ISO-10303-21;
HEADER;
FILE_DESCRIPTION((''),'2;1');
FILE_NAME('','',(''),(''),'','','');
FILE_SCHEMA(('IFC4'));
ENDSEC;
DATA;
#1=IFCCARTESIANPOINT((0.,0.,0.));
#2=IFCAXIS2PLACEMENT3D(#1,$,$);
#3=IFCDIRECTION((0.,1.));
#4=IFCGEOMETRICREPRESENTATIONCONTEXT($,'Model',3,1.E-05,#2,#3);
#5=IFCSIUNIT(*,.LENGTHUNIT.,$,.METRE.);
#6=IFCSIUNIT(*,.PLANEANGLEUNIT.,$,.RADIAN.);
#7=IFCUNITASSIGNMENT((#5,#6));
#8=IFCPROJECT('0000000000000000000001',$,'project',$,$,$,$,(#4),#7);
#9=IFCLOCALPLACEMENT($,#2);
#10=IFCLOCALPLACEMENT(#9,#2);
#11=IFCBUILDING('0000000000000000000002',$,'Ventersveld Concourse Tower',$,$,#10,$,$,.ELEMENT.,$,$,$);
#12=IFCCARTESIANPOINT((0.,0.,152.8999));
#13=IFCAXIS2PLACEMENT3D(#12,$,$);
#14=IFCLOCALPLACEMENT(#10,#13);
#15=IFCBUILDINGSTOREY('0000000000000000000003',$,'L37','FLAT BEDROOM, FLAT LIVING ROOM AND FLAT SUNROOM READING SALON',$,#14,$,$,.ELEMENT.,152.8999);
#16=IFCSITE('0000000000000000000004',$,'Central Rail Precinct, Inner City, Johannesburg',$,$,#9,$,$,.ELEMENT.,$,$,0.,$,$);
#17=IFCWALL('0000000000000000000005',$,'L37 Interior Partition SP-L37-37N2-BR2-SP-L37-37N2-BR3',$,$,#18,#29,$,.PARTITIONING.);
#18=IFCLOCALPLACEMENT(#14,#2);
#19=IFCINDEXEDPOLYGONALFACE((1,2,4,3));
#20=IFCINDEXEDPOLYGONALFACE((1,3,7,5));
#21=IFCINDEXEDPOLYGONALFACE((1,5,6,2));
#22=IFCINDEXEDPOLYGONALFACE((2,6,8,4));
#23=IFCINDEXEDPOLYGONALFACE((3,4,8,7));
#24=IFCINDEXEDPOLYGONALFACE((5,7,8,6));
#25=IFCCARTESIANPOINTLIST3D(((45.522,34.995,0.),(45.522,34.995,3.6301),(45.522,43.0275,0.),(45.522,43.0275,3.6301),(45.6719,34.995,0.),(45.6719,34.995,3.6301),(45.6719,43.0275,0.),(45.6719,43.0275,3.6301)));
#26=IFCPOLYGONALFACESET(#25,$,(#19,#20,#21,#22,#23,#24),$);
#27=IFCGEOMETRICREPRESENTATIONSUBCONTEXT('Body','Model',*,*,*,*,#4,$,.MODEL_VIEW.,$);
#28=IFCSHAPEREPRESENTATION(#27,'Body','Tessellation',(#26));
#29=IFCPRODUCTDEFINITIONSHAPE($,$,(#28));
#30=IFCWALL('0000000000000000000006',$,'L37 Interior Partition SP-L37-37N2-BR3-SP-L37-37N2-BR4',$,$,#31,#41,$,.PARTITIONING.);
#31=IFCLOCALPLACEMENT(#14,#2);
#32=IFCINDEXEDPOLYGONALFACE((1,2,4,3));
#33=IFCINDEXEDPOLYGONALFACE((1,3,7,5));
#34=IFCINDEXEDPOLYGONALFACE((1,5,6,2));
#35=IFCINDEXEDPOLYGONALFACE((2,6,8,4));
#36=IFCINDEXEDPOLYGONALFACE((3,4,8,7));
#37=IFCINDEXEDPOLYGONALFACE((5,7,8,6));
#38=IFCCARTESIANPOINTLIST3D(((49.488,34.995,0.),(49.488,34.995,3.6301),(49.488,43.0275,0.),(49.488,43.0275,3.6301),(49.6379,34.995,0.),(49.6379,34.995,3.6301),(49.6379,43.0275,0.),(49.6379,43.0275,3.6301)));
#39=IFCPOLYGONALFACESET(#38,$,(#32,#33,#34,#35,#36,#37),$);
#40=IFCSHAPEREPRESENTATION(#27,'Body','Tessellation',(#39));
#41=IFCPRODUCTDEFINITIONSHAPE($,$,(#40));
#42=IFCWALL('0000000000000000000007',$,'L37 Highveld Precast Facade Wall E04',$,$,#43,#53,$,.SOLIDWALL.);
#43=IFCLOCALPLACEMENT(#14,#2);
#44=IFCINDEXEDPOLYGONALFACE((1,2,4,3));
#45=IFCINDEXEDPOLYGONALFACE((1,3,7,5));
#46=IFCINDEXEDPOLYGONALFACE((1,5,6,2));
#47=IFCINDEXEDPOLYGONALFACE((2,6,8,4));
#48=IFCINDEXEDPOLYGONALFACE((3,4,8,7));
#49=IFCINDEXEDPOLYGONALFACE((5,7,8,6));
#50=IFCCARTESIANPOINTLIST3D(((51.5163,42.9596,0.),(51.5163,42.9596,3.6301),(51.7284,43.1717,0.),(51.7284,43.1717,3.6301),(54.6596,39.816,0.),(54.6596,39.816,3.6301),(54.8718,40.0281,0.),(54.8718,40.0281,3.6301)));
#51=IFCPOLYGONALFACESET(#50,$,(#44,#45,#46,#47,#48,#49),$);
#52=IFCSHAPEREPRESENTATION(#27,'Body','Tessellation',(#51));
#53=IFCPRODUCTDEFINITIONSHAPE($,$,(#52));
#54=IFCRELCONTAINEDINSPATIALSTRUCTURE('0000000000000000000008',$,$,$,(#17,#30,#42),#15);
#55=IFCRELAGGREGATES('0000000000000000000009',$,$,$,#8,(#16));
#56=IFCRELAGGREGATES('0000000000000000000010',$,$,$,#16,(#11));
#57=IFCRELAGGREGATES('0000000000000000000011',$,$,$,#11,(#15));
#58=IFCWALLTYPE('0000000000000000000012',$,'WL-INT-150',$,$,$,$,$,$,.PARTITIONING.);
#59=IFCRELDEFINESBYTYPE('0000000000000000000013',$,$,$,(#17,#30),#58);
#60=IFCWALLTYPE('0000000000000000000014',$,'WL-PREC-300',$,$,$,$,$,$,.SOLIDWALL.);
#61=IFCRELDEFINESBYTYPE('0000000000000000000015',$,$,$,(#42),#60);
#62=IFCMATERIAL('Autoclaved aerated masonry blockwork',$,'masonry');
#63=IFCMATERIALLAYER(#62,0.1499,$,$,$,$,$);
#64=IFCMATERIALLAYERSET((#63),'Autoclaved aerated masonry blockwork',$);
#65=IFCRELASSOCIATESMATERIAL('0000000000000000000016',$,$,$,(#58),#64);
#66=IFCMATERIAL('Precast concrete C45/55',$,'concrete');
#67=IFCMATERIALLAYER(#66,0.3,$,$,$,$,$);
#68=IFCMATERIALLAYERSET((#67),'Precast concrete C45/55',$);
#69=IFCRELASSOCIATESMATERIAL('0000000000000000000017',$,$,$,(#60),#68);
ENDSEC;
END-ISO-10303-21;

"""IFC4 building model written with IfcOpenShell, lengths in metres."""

from ifc_helpers import new_model, si_unit, direction, frame, frame_2d, origin, place, context, subcontext, project, spatial, rectangle, extrude, material, layer, layer_set, type_object, element, save


model = new_model("IFC4")

# Units and contexts
model_context = context("Model", 3, precision=1e-05, world=origin(), true_north=direction((0.0, 1.0)))
body_context = subcontext(model_context, "Body", "Model", "MODEL_VIEW")
ifc_project = project(units=[si_unit("LENGTHUNIT", "METRE"), si_unit("PLANEANGLEUNIT", "RADIAN")], contexts=[model_context])

# Site, building, storey
site_placement = place(None, origin())
site = spatial("IfcSite", under=ifc_project, at=site_placement, Name="Central Rail Precinct, Inner City, Johannesburg", CompositionType="ELEMENT", RefElevation=0.0)
building_placement = place(site_placement, origin())
building = spatial("IfcBuilding", under=site, at=building_placement, Name="Ventersveld Concourse Tower", CompositionType="ELEMENT")
storey_placement = place(building_placement, frame((0.0, 0.0, 152.8999)))
storey = spatial("IfcBuildingStorey", under=building, at=storey_placement, Name="L37", Description="FLAT BEDROOM, FLAT LIVING ROOM AND FLAT SUNROOM READING SALON", CompositionType="ELEMENT", Elevation=152.8999)

# Shared definitions
ifc_material_1 = material(Name="Autoclaved aerated masonry blockwork", Category="masonry")
ifc_layer_1 = layer(ifc_material_1, 0.1499)
ifc_layer_set_1 = layer_set([ifc_layer_1], Name="Autoclaved aerated masonry blockwork")
wall_type_1 = type_object("IfcWallType", Name="WL-INT-150", PredefinedType="PARTITIONING", material=ifc_layer_set_1)

# Walls
for number, where, z_axis, x_axis, name in (
    (1, (45.5969, 34.9951, 0.0), (0.0, 0.0, 1.0), (0.0, 1.0, 0.0), "L37 Interior Partition SP-L37-37N2-BR2-SP-L37-37N2-BR3"),
    (2, (49.563, 34.9951, 0.0), (0.0, 0.0, 1.0), (0.0, 1.0, 0.0), "L37 Interior Partition SP-L37-37N2-BR3-SP-L37-37N2-BR4"),
):
    element("IfcWall", number, at=place(storey_placement, frame(where, z_axis=z_axis, x_axis=x_axis)), inside=storey, type_object=wall_type_1, Name=name, PredefinedType="PARTITIONING", context=body_context, shape_type="SweptSolid", body=[
        extrude(rectangle(XDim=8.0325, YDim=0.1499, at=frame_2d((4.0161, 0.0))), origin(), (0.0, 0.0, 1.0), 3.6301),
    ])
ifc_material_2 = material(Name="Precast concrete C45/55", Category="concrete")
ifc_layer_2 = layer(ifc_material_2, 0.3)
ifc_layer_set_2 = layer_set([ifc_layer_2], Name="Precast concrete C45/55")
wall_type_2 = type_object("IfcWallType", Name="WL-PREC-300", PredefinedType="SOLIDWALL", material=ifc_layer_set_2)
wall_1_placement = place(storey_placement, frame((54.7656, 39.9221, 0.0), z_axis=(0.0, 0.0, 1.0), x_axis=(-0.707079, 0.707134, 0.0)))
element("IfcWall", 3, at=wall_1_placement, inside=storey, type_object=wall_type_2, Name="L37 Highveld Precast Facade Wall E04", PredefinedType="SOLIDWALL", context=body_context, shape_type="SweptSolid", body=[
    extrude(rectangle(XDim=4.4456, YDim=0.3, at=frame_2d((2.2227, 0.0))), origin(), (0.0, 0.0, 1.0), 3.6301),
])

save(model, "model.ifc")
